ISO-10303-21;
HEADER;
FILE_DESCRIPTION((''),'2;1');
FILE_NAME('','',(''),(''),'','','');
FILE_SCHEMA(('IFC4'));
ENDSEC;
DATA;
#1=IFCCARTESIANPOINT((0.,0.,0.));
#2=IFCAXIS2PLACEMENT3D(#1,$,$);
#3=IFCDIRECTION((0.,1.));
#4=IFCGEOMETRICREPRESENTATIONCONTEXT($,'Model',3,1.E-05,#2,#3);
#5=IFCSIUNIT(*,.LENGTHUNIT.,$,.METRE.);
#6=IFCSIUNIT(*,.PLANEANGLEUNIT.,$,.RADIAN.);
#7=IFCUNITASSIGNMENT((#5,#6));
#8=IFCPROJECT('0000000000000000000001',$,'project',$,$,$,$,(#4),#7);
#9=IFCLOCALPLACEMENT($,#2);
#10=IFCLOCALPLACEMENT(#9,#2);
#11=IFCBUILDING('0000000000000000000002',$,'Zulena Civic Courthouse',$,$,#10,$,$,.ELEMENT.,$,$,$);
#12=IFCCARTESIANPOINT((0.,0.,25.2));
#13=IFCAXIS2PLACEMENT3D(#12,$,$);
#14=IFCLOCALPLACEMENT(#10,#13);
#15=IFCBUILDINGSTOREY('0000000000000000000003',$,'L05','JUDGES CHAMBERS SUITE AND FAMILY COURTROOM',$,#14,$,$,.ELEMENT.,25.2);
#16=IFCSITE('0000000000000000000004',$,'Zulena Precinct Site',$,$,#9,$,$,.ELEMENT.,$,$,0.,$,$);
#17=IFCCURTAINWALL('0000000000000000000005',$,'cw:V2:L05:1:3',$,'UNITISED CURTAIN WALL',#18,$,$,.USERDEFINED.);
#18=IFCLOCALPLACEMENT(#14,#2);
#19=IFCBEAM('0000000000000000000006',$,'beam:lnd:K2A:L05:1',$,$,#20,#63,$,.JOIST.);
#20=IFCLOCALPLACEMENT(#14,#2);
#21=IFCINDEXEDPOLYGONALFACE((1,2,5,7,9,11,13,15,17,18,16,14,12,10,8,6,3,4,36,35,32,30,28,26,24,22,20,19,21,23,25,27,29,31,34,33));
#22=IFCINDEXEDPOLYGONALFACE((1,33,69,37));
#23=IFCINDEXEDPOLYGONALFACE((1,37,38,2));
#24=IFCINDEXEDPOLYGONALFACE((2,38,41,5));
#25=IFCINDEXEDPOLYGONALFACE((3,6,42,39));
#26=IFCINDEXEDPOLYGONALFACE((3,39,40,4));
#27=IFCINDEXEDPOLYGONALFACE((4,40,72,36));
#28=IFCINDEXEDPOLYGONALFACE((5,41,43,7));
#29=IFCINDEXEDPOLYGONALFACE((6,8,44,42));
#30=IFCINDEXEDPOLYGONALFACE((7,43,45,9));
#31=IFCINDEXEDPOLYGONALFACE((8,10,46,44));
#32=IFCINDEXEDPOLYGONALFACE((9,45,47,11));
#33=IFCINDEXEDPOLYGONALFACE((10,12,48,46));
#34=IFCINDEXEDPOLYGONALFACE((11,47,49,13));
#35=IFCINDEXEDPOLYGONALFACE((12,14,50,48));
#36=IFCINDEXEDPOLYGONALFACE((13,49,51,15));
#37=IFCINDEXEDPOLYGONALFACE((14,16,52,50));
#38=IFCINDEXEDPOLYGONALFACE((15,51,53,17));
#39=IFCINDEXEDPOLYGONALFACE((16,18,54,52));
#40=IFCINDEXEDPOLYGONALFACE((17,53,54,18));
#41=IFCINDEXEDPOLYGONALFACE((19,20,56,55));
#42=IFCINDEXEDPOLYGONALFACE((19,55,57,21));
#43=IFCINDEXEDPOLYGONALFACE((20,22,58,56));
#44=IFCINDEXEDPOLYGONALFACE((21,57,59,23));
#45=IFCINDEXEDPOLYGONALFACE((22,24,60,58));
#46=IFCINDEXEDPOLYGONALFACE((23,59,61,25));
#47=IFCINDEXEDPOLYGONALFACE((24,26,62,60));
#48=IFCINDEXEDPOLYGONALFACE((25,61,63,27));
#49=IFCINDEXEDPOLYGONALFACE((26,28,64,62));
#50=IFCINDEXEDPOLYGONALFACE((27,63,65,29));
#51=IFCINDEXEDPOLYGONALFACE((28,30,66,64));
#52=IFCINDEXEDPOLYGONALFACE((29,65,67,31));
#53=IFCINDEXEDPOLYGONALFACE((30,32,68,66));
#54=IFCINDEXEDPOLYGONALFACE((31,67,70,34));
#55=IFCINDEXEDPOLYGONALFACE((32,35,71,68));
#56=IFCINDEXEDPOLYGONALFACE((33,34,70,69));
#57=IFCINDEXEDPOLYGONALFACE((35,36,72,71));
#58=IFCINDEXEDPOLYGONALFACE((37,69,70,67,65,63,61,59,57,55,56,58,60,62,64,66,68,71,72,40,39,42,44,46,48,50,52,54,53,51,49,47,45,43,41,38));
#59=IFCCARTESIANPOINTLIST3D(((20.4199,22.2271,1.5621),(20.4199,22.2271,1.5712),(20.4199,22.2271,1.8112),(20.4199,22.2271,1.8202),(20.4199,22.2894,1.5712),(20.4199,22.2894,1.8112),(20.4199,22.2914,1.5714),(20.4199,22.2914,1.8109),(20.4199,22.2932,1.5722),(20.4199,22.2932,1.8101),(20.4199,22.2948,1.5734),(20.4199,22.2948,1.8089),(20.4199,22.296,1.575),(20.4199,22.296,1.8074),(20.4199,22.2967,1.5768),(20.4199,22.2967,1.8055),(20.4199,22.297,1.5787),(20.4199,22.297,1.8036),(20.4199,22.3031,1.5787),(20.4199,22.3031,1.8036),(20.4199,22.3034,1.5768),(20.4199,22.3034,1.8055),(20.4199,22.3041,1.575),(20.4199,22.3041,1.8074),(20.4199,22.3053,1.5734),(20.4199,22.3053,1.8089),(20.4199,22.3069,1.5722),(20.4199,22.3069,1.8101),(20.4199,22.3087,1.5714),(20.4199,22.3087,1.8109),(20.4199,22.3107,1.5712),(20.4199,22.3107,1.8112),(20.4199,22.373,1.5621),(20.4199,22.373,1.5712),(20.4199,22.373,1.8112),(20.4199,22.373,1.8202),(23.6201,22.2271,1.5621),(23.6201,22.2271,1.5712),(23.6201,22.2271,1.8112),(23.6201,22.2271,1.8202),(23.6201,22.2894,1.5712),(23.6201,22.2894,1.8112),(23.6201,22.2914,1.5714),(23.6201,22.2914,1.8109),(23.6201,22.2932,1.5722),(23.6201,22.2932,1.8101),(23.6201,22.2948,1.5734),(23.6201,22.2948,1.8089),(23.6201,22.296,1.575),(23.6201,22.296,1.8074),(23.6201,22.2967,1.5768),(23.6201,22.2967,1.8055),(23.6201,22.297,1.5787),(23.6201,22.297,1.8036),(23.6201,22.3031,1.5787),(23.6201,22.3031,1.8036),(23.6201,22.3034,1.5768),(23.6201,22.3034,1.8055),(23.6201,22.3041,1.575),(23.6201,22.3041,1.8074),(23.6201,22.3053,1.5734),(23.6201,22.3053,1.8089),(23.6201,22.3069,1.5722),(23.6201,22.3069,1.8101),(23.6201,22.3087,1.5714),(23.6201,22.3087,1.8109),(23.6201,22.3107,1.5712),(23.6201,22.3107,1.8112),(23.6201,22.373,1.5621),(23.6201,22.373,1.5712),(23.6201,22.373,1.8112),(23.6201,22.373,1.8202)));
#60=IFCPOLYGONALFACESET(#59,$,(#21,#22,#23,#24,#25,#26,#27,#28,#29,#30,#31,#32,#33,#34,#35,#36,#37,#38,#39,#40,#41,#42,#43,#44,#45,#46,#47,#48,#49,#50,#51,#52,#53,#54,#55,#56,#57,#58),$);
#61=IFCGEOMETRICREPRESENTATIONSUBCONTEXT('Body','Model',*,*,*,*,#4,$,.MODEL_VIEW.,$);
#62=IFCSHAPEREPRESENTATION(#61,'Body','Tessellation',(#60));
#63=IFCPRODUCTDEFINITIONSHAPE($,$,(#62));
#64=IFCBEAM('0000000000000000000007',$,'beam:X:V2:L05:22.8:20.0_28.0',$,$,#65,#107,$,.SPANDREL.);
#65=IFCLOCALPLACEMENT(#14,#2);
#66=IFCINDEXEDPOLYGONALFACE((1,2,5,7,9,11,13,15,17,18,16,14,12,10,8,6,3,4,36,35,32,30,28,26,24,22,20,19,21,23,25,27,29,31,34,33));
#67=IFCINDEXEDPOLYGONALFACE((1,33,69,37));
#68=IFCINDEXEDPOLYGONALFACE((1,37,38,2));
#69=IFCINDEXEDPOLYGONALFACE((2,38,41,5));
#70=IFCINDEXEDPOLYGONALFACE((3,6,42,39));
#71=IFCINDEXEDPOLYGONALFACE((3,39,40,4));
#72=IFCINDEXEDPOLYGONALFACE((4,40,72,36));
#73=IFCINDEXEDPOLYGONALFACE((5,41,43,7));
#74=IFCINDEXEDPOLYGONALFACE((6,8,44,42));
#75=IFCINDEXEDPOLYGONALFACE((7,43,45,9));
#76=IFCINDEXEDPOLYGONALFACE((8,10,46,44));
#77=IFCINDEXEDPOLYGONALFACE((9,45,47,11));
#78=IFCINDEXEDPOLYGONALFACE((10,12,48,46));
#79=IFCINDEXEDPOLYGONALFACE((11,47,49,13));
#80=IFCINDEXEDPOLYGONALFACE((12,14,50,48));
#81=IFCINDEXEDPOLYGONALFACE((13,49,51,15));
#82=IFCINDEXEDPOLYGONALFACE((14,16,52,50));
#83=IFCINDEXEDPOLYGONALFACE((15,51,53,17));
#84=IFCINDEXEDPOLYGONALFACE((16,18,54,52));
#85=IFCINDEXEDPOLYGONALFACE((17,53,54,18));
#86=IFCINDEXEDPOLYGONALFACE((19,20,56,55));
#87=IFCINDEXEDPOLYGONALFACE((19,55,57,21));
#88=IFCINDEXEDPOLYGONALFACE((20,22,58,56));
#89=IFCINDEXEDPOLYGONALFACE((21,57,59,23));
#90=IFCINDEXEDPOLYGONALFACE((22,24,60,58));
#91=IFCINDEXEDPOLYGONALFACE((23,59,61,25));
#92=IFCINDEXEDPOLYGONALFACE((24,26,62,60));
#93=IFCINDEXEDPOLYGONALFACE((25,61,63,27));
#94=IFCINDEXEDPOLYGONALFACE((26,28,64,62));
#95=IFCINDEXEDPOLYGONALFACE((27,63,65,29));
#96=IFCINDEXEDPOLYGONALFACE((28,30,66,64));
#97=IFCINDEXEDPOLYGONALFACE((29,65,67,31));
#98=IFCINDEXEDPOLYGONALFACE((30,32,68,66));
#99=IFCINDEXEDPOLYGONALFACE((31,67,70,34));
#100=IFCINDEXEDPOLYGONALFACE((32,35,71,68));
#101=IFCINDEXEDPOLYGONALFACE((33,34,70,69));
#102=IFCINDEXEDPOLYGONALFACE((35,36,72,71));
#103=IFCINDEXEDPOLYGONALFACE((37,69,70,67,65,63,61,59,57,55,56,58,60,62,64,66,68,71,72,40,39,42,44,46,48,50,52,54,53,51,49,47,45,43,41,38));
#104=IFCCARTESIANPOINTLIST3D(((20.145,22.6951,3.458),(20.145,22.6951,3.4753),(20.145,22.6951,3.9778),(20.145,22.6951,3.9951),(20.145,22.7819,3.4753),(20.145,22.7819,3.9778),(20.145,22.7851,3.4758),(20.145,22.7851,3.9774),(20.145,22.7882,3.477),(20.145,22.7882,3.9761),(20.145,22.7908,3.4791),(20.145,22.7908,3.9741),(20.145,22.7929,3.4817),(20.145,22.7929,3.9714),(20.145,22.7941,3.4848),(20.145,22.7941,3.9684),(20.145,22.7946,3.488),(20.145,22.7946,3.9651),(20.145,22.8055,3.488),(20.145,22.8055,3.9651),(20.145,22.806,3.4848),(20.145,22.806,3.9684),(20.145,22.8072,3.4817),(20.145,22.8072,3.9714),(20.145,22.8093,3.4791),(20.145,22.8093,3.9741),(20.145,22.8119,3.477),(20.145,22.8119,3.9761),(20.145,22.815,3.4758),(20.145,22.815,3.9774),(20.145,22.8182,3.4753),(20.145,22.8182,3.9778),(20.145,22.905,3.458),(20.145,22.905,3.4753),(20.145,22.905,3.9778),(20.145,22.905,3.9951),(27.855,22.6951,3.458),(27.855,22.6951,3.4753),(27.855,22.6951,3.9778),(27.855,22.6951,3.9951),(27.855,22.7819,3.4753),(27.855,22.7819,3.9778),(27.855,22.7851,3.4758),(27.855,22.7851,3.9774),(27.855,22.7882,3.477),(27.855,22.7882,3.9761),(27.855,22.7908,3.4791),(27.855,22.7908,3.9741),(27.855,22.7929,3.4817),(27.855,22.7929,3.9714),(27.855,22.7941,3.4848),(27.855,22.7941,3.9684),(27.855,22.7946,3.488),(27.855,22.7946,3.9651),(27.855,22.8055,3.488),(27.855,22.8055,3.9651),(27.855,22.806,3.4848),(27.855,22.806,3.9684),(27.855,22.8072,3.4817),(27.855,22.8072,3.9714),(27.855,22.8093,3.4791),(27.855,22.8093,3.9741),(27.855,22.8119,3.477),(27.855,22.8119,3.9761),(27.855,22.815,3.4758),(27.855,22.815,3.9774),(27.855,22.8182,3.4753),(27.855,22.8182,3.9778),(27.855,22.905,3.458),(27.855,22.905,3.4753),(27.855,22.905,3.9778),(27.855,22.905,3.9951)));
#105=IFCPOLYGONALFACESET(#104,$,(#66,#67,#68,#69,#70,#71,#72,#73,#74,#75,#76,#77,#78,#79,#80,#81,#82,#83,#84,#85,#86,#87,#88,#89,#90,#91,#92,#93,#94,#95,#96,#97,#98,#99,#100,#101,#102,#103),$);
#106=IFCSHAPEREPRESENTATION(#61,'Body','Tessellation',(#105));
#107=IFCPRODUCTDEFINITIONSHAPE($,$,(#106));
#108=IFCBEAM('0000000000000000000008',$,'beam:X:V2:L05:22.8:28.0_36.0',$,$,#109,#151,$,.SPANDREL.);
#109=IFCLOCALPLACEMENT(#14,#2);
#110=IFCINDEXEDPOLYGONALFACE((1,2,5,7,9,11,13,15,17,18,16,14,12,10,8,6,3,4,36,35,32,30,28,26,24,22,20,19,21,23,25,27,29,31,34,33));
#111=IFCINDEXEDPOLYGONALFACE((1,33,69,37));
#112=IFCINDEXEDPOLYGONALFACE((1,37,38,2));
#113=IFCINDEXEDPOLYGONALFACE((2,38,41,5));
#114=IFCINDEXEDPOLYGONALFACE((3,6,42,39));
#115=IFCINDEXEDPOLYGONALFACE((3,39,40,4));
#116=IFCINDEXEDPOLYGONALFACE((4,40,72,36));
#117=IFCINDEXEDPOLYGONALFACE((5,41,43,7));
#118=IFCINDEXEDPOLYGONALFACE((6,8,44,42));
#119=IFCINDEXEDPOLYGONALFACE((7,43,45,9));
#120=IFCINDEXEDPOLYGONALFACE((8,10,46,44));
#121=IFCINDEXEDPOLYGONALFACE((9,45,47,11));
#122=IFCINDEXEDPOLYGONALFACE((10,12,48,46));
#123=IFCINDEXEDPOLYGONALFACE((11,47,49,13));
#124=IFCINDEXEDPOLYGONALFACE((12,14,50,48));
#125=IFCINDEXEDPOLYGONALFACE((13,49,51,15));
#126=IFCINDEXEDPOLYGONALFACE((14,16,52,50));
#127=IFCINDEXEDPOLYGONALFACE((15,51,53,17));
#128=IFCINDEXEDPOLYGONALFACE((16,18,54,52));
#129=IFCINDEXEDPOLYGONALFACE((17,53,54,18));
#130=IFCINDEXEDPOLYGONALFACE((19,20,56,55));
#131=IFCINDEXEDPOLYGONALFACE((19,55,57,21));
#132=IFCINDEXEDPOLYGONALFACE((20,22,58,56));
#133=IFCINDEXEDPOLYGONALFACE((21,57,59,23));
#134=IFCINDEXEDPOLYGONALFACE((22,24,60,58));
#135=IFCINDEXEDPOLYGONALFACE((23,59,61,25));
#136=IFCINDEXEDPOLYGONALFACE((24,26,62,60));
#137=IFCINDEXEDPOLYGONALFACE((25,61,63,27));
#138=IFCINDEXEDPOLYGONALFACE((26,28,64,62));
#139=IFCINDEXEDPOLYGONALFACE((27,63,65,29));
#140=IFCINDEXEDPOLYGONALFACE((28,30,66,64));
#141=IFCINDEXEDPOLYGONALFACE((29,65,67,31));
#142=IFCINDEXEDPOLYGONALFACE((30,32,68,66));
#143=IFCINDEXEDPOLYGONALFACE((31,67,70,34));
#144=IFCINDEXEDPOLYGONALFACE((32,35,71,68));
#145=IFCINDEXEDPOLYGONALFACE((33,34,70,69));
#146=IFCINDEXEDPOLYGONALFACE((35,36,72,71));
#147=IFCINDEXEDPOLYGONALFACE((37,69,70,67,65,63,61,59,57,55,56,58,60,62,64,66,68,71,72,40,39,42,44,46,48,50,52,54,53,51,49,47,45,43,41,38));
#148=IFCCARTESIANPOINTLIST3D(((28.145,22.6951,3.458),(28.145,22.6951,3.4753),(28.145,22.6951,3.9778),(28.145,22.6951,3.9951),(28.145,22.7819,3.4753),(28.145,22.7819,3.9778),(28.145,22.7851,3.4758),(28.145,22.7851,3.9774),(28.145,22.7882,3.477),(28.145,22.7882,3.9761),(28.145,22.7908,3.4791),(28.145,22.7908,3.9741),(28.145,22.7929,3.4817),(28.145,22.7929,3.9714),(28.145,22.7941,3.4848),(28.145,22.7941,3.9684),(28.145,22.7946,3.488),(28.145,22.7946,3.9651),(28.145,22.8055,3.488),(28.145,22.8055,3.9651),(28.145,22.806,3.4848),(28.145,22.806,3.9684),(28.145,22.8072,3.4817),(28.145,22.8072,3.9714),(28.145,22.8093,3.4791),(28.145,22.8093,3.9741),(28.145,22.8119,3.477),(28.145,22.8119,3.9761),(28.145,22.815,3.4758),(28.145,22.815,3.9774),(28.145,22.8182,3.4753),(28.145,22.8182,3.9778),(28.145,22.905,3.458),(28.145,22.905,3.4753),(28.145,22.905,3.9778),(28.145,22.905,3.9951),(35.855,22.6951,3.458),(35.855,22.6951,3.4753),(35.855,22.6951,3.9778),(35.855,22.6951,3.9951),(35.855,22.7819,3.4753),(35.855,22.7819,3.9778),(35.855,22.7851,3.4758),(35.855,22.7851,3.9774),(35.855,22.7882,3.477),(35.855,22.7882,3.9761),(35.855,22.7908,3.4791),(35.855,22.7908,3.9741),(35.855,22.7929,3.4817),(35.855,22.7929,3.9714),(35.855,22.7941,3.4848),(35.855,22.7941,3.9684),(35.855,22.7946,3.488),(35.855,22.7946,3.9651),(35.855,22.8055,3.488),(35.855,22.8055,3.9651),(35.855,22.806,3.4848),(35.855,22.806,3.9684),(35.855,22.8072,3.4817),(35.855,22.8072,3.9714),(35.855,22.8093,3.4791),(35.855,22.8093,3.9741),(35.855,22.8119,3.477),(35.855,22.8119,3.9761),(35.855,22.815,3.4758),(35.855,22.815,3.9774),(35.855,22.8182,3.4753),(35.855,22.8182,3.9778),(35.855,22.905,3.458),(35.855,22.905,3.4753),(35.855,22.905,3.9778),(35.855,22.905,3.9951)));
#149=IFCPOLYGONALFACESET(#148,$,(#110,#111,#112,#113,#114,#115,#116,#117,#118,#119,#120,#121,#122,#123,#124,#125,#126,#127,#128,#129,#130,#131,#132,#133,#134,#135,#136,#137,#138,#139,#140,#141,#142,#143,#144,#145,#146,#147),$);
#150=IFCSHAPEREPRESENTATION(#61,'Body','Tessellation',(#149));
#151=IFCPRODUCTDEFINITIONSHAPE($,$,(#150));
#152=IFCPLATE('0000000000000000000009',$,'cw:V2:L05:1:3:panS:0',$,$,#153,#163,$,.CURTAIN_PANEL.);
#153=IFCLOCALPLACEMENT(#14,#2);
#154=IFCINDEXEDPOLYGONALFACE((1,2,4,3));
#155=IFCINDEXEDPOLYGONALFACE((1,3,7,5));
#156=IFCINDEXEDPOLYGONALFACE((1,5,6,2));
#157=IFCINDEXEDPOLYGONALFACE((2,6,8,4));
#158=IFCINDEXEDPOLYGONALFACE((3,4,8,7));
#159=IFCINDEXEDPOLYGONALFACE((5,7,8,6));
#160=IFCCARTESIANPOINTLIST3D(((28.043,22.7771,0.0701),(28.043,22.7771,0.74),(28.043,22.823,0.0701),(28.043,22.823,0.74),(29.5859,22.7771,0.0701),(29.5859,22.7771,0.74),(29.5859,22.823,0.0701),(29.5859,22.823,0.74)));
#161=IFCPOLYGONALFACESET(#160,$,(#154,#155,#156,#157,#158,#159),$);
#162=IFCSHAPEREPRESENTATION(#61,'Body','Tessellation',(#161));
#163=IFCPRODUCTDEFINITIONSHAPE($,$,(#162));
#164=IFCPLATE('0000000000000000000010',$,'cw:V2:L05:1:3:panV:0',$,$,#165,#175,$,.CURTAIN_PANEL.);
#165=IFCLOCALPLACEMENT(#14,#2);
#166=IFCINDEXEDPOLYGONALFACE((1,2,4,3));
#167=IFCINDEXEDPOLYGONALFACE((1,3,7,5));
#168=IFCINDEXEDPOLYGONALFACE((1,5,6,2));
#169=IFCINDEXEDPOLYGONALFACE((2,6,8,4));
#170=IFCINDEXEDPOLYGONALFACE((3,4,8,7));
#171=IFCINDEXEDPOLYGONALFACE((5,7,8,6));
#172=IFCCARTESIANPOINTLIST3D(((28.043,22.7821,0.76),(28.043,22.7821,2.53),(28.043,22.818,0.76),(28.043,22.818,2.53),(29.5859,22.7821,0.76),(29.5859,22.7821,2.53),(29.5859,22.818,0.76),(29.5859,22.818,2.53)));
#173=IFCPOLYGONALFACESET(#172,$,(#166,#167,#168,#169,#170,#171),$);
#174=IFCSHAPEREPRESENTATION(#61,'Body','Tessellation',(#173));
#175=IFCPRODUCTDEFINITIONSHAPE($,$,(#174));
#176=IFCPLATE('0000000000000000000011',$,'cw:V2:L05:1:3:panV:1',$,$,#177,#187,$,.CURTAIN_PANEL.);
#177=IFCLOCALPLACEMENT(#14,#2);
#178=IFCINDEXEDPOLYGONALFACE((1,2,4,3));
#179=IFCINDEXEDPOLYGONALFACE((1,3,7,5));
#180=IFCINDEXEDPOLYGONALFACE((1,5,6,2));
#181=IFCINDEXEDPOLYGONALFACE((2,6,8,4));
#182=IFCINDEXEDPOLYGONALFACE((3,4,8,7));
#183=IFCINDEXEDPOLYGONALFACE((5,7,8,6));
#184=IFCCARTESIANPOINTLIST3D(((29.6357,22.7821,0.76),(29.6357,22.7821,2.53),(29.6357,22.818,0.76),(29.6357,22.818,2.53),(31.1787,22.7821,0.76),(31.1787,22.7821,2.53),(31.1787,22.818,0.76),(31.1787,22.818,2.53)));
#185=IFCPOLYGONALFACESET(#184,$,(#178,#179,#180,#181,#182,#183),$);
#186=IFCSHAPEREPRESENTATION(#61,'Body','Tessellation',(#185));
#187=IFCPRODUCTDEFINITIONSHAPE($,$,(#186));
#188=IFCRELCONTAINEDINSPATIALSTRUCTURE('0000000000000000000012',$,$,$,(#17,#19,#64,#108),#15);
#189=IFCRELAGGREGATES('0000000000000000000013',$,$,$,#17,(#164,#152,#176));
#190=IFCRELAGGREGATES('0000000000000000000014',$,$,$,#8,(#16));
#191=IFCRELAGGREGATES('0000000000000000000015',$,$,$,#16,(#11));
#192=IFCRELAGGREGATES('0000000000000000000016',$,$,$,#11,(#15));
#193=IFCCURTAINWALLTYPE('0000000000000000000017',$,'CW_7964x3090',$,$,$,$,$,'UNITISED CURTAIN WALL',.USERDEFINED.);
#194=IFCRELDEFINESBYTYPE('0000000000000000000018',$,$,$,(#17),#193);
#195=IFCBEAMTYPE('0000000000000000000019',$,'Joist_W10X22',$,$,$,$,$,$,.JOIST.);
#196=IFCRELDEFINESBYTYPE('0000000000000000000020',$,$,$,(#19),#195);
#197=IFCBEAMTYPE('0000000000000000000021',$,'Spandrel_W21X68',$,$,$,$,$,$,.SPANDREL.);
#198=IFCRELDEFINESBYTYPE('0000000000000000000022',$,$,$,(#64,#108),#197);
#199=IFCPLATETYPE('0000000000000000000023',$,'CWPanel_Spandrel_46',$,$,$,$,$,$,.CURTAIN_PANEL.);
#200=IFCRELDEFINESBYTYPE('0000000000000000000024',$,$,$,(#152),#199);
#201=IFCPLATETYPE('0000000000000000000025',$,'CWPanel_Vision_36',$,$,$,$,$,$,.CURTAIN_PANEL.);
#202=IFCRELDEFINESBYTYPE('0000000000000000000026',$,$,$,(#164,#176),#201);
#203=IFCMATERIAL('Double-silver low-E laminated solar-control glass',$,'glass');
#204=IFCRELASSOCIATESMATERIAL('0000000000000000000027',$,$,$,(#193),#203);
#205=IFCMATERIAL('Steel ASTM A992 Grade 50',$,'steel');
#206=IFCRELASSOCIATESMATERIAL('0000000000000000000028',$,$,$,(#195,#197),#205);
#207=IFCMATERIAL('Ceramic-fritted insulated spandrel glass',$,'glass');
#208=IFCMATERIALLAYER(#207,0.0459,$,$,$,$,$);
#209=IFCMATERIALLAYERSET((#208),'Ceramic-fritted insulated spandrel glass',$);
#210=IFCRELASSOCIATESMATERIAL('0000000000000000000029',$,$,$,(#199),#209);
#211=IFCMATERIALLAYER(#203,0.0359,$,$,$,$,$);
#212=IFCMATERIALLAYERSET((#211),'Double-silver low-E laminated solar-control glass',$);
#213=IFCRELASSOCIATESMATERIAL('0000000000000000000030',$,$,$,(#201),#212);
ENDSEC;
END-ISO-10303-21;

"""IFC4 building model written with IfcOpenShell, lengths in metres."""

from ifc_helpers import new_model, si_unit, direction, frame, origin, origin_2d, place, context, subcontext, project, spatial, rectangle, i_section, extrude, material, layer, layer_set, material_profile, profile_set, type_object, element, aggregate, save


model = new_model("IFC4")

# Units and contexts
model_context = context("Model", 3, precision=1e-05, world=origin(), true_north=direction((0.0, 1.0)))
body_context = subcontext(model_context, "Body", "Model", "MODEL_VIEW")
ifc_project = project(units=[si_unit("LENGTHUNIT", "METRE"), si_unit("PLANEANGLEUNIT", "RADIAN")], contexts=[model_context])

# Site, building, storey
site_placement = place(None, origin())
site = spatial("IfcSite", under=ifc_project, at=site_placement, Name="Zulena Precinct Site", CompositionType="ELEMENT", RefElevation=0.0)
building_placement = place(site_placement, origin())
building = spatial("IfcBuilding", under=site, at=building_placement, Name="Zulena Civic Courthouse", CompositionType="ELEMENT")
storey_placement = place(building_placement, frame((0.0, 0.0, 25.2)))
storey = spatial("IfcBuildingStorey", under=building, at=storey_placement, Name="L05", Description="JUDGES CHAMBERS SUITE AND FAMILY COURTROOM", CompositionType="ELEMENT", Elevation=25.2)

# Shared definitions
ifc_material_1 = material(Name="Steel ASTM A992 Grade 50", Category="steel")

# Curtain wall
ifc_material_2 = material(Name="Double-silver low-E laminated solar-control glass", Category="glass")
curtain_wall_type = type_object("IfcCurtainWallType", Name="CW_7964x3090", ElementType="UNITISED CURTAIN WALL", PredefinedType="USERDEFINED", material=ifc_material_2)
curtain_wall_placement = place(storey_placement, origin())
curtain_wall = element("IfcCurtainWall", 1, at=curtain_wall_placement, inside=storey, type_object=curtain_wall_type, Name="cw:V2:L05:1:3", ObjectType="UNITISED CURTAIN WALL", PredefinedType="USERDEFINED")

# Beams
ifc_material_profile_1 = material_profile(ifc_material_1, i_section(OverallWidth=0.146, OverallDepth=0.2581, WebThickness=0.0061, FlangeThickness=0.009, FilletRadius=0.0076, at=origin_2d()), Name="W10X22")
ifc_profile_set_1 = profile_set([ifc_material_profile_1], Name="Steel ASTM A992 Grade 50")
beam_type_1 = type_object("IfcBeamType", Name="Joist_W10X22", PredefinedType="JOIST", material=ifc_profile_set_1)
beam_placement = place(storey_placement, frame((20.4199, 22.3, 1.6912), z_axis=(1.0, 0.0, 0.0), x_axis=(0.0, 1.0, 0.0)))
element("IfcBeam", 2, at=beam_placement, inside=storey, type_object=beam_type_1, Name="beam:lnd:K2A:L05:1", PredefinedType="JOIST", context=body_context, shape_type="SweptSolid", body=[
    extrude(i_section(OverallWidth=0.146, OverallDepth=0.2581, WebThickness=0.0061, FlangeThickness=0.009, FilletRadius=0.0076, at=origin_2d()), origin(), (0.0, 0.0, 1.0), 3.2002),
])
ifc_material_profile_2 = material_profile(ifc_material_1, i_section(OverallWidth=0.21, OverallDepth=0.5371, WebThickness=0.011, FlangeThickness=0.0173, FilletRadius=0.0127, at=origin_2d()), Name="W21X68")
ifc_profile_set_2 = profile_set([ifc_material_profile_2], Name="Steel ASTM A992 Grade 50")
beam_type_2 = type_object("IfcBeamType", Name="Spandrel_W21X68", PredefinedType="SPANDREL", material=ifc_profile_set_2)
for number, where, z_axis, x_axis, name in (
    (3, (20.145, 22.8, 3.7266), (1.0, 0.0, 0.0), (0.0, 1.0, 0.0), "beam:X:V2:L05:22.8:20.0_28.0"),
    (4, (28.145, 22.8, 3.7266), (1.0, 0.0, 0.0), (0.0, 1.0, 0.0), "beam:X:V2:L05:22.8:28.0_36.0"),
):
    element("IfcBeam", number, at=place(storey_placement, frame(where, z_axis=z_axis, x_axis=x_axis)), inside=storey, type_object=beam_type_2, Name=name, PredefinedType="SPANDREL", context=body_context, shape_type="SweptSolid", body=[
        extrude(i_section(OverallWidth=0.21, OverallDepth=0.5371, WebThickness=0.011, FlangeThickness=0.0173, FilletRadius=0.0127, at=origin_2d()), origin(), (0.0, 0.0, 1.0), 7.71),
    ])

# Plates
ifc_material_3 = material(Name="Ceramic-fritted insulated spandrel glass", Category="glass")
ifc_layer_1 = layer(ifc_material_3, 0.0459)
ifc_layer_set_1 = layer_set([ifc_layer_1], Name="Ceramic-fritted insulated spandrel glass")
plate_type_1 = type_object("IfcPlateType", Name="CWPanel_Spandrel_46", PredefinedType="CURTAIN_PANEL", material=ifc_layer_set_1)
plate_1_placement = place(storey_placement, frame((28.8145, 22.8, 0.0701), z_axis=(0.0, 0.0, 1.0), x_axis=(1.0, 0.0, 0.0)))
plate_1 = element("IfcPlate", 5, at=plate_1_placement, type_object=plate_type_1, Name="cw:V2:L05:1:3:panS:0", PredefinedType="CURTAIN_PANEL", context=body_context, shape_type="SweptSolid", body=[
    extrude(rectangle(XDim=1.543, YDim=0.0459, at=origin_2d()), origin(), (0.0, 0.0, 1.0), 0.6699),
])
ifc_layer_2 = layer(ifc_material_2, 0.0359)
ifc_layer_set_2 = layer_set([ifc_layer_2], Name="Double-silver low-E laminated solar-control glass")
plate_type_2 = type_object("IfcPlateType", Name="CWPanel_Vision_36", PredefinedType="CURTAIN_PANEL", material=ifc_layer_set_2)
plate_2_placement = place(storey_placement, frame((28.8145, 22.8, 0.76), z_axis=(0.0, 0.0, 1.0), x_axis=(1.0, 0.0, 0.0)))
plate_2 = element("IfcPlate", 6, at=plate_2_placement, type_object=plate_type_2, Name="cw:V2:L05:1:3:panV:0", PredefinedType="CURTAIN_PANEL", context=body_context, shape_type="SweptSolid", body=[
    extrude(rectangle(XDim=1.543, YDim=0.0359, at=origin_2d()), origin(), (0.0, 0.0, 1.0), 1.77),
])
plate_3_placement = place(storey_placement, frame((30.4072, 22.8, 0.76), z_axis=(0.0, 0.0, 1.0), x_axis=(1.0, 0.0, 0.0)))
plate_3 = element("IfcPlate", 7, at=plate_3_placement, type_object=plate_type_2, Name="cw:V2:L05:1:3:panV:1", PredefinedType="CURTAIN_PANEL", context=body_context, shape_type="SweptSolid", body=[
    extrude(rectangle(XDim=1.543, YDim=0.0359, at=origin_2d()), origin(), (0.0, 0.0, 1.0), 1.77),
])
aggregate(curtain_wall, [plate_2, plate_1, plate_3])

save(model, "model.ifc")
